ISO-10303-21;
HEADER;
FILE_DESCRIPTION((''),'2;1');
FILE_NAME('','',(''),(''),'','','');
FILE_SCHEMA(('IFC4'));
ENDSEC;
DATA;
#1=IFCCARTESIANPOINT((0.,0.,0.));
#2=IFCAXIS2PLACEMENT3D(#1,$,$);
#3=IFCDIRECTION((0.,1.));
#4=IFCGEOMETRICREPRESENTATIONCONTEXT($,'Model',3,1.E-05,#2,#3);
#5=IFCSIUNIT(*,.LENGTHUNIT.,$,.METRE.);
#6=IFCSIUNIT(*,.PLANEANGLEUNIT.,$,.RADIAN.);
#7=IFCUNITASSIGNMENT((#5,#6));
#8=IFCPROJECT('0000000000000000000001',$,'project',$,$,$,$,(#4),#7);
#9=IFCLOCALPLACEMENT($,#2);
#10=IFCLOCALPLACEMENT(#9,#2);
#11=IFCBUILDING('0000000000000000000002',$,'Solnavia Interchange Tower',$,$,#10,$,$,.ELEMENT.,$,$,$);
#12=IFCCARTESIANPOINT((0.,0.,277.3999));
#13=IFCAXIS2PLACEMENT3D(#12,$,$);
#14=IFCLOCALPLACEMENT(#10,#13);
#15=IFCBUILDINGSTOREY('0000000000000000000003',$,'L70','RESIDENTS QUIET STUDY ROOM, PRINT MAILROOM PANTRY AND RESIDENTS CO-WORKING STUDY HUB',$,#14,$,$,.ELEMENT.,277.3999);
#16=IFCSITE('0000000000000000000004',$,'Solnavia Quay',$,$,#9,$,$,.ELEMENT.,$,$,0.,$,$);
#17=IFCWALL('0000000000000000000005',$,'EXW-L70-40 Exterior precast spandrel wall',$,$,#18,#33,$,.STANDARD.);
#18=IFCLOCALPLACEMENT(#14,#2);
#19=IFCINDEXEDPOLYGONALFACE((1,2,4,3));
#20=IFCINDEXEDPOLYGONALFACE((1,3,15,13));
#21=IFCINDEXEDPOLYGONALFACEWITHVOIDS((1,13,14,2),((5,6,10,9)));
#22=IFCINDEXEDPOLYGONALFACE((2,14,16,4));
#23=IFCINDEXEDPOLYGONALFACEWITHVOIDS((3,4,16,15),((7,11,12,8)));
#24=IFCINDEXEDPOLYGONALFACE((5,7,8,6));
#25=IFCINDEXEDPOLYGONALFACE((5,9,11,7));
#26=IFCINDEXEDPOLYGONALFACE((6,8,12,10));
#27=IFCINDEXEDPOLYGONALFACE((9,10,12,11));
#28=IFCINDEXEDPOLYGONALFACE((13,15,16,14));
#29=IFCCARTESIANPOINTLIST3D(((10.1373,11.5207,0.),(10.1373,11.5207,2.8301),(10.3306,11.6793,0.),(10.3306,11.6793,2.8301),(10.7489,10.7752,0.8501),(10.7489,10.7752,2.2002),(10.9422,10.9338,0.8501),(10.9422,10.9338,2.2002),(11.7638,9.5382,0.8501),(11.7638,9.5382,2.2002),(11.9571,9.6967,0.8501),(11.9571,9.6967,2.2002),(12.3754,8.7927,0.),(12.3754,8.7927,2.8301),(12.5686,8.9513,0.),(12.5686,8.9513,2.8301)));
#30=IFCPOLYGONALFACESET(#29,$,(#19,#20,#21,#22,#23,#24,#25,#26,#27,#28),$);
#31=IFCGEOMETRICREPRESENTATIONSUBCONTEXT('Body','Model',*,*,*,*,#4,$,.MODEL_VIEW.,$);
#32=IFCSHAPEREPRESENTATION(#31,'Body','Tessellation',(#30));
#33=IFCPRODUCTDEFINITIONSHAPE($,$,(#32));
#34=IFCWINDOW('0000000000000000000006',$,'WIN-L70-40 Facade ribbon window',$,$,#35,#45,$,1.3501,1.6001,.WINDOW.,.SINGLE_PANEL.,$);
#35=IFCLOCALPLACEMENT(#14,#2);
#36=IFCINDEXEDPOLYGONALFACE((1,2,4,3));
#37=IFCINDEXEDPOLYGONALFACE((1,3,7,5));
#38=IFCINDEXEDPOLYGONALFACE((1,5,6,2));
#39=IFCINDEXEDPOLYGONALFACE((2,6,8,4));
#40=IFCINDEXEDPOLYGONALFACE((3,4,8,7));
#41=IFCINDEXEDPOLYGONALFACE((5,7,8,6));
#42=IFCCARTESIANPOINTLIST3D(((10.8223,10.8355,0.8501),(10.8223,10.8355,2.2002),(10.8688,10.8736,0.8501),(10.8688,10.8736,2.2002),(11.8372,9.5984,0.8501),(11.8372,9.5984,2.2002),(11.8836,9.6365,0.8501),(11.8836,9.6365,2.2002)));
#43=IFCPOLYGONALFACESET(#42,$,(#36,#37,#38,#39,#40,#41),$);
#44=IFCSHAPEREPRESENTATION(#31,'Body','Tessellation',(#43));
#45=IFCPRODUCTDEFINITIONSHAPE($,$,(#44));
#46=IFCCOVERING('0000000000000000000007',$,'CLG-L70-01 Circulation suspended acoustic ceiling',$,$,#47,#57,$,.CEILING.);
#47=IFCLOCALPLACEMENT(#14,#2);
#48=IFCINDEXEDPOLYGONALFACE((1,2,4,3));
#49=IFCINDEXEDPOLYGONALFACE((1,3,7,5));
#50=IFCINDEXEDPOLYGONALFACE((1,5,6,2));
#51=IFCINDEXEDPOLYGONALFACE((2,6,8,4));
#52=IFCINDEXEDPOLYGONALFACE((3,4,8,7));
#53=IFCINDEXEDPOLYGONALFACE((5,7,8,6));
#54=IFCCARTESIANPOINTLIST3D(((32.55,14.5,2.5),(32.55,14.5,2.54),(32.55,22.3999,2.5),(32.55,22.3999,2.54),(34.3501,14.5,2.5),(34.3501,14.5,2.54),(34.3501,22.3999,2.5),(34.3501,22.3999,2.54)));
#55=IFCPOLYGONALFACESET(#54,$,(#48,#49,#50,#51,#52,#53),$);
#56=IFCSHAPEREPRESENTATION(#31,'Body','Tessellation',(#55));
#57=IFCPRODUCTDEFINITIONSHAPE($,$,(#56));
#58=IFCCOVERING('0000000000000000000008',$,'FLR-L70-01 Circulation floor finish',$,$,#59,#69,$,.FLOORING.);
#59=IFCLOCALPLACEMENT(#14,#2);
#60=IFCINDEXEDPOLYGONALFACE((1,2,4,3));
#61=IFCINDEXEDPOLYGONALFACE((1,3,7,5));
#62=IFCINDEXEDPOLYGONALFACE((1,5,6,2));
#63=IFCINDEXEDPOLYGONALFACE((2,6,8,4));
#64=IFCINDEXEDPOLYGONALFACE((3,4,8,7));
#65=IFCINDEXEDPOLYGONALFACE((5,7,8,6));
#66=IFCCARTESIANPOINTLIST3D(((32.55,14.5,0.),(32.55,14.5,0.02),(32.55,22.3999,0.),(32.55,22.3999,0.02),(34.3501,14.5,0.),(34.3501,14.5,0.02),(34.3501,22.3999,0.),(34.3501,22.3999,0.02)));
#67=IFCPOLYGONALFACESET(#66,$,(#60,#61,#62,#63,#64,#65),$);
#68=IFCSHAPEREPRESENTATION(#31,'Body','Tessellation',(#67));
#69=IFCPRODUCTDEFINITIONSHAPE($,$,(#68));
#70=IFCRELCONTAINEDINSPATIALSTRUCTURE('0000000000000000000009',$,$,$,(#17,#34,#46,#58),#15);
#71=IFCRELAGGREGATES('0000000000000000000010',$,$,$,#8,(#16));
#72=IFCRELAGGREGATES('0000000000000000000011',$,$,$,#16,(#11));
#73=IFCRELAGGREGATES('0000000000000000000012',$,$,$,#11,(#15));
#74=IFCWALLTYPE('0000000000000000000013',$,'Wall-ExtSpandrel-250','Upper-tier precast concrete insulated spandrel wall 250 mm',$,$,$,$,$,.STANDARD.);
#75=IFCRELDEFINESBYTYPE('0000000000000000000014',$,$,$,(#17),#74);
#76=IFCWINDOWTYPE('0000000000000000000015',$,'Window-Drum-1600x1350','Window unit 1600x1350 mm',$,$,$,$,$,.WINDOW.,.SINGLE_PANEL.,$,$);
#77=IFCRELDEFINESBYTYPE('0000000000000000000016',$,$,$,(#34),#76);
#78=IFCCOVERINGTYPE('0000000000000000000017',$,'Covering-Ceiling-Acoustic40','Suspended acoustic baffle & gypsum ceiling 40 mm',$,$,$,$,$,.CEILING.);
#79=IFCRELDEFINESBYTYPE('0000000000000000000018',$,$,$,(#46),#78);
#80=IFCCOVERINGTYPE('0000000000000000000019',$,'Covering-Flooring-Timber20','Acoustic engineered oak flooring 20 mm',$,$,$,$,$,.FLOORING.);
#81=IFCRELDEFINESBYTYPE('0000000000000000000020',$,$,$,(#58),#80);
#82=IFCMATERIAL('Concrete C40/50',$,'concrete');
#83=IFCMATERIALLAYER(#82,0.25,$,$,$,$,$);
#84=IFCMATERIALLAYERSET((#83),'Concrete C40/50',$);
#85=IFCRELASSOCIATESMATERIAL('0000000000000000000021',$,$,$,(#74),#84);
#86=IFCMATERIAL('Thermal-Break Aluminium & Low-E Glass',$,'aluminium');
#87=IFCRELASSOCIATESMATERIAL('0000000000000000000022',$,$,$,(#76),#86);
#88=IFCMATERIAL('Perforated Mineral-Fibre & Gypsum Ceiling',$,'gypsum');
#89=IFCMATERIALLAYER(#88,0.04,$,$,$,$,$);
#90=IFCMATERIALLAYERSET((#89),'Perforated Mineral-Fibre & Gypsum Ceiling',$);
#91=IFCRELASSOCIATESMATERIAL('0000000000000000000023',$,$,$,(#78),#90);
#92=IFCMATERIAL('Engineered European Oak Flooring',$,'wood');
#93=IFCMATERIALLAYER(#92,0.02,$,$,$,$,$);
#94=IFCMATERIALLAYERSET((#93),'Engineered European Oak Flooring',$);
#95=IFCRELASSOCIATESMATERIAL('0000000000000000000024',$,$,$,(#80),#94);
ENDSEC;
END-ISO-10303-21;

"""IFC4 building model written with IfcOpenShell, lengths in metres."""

from ifc_helpers import new_model, si_unit, direction, frame, frame_2d, origin, place, context, subcontext, project, spatial, polyline, rectangle, outline, extrude, material, layer, layer_set, type_object, element, fill, save


model = new_model("IFC4")

# Units and contexts
model_context = context("Model", 3, precision=1e-05, world=origin(), true_north=direction((0.0, 1.0)))
body_context = subcontext(model_context, "Body", "Model", "MODEL_VIEW")
ifc_project = project(units=[si_unit("LENGTHUNIT", "METRE"), si_unit("PLANEANGLEUNIT", "RADIAN")], contexts=[model_context])

# Site, building, storey
site_placement = place(None, origin())
site = spatial("IfcSite", under=ifc_project, at=site_placement, Name="Solnavia Quay", CompositionType="ELEMENT", RefElevation=0.0)
building_placement = place(site_placement, origin())
building = spatial("IfcBuilding", under=site, at=building_placement, Name="Solnavia Interchange Tower", CompositionType="ELEMENT")
storey_placement = place(building_placement, frame((0.0, 0.0, 277.3999)))
storey = spatial("IfcBuildingStorey", under=building, at=storey_placement, Name="L70", Description="RESIDENTS QUIET STUDY ROOM, PRINT MAILROOM PANTRY AND RESIDENTS CO-WORKING STUDY HUB", CompositionType="ELEMENT", Elevation=277.3999)

# Shared definitions
ifc_material_1 = material(Name="Concrete C40/50", Category="concrete")

# Shared definitions
ifc_layer_1 = layer(ifc_material_1, 0.25)
ifc_layer_set_1 = layer_set([ifc_layer_1], Name="Concrete C40/50")
wall_type_1 = type_object("IfcWallType", Name="Wall-ExtSpandrel-250", Description="Upper-tier precast concrete insulated spandrel wall 250 mm", PredefinedType="STANDARD", material=ifc_layer_set_1)
ifc_material_2 = material(Name="Thermal-Break Aluminium & Low-E Glass", Category="aluminium")
window_type = type_object("IfcWindowType", Name="Window-Drum-1600x1350", Description="Window unit 1600x1350 mm", PartitioningType="SINGLE_PANEL", PredefinedType="WINDOW", material=ifc_material_2)

# Wall, opening, window
wall_1_placement = place(storey_placement, frame((12.4719, 8.8721, 0.0), z_axis=(0.0, 0.0, 1.0), x_axis=(-0.634258, 0.773121, 0.0)))
wall_1 = element("IfcWall", 1, at=wall_1_placement, inside=storey, type_object=wall_type_1, Name="EXW-L70-40 Exterior precast spandrel wall", PredefinedType="STANDARD", context=body_context, shape_type="SweptSolid", body=[
    extrude(rectangle(XDim=3.5286, YDim=0.25, at=frame_2d((1.7642, 0.0))), origin(), (0.0, 0.0, 1.0), 2.8301),
])
opening_1_placement = place(wall_1_placement, frame((0.9641, 0.0, 0.8501)))
opening_1 = element("IfcOpeningElement", 2, at=opening_1_placement, cuts=wall_1, PredefinedType="OPENING", context=body_context, shape_type="SweptSolid", body=[
    extrude(rectangle(XDim=1.6001, YDim=1.3501, at=frame_2d((0.8, 0.675))), frame((0.0, 0.135, 0.0), z_axis=(0.0, -1.0, 0.0), x_axis=(1.0, 0.0, 0.0)), (0.0, 0.0, 1.0), 0.27),
])
window_1_placement = place(opening_1_placement, origin())
window_1 = element("IfcWindow", 3, at=window_1_placement, inside=storey, type_object=window_type, Name="WIN-L70-40 Facade ribbon window", OverallHeight=1.3501, OverallWidth=1.6001, PartitioningType="SINGLE_PANEL", PredefinedType="WINDOW", context=body_context, shape_type="SweptSolid", body=[
    extrude(rectangle(XDim=1.6001, YDim=1.3501, at=frame_2d((0.8, 0.675))), frame((0.0, 0.03, 0.0), z_axis=(0.0, -1.0, 0.0), x_axis=(1.0, 0.0, 0.0)), (0.0, 0.0, 1.0), 0.0601),
])
fill(opening_1, window_1)

# Coverings
ifc_material_3 = material(Name="Perforated Mineral-Fibre & Gypsum Ceiling", Category="gypsum")
ifc_layer_2 = layer(ifc_material_3, 0.04)
ifc_layer_set_2 = layer_set([ifc_layer_2], Name="Perforated Mineral-Fibre & Gypsum Ceiling")
covering_type_1 = type_object("IfcCoveringType", Name="Covering-Ceiling-Acoustic40", Description="Suspended acoustic baffle & gypsum ceiling 40 mm", PredefinedType="CEILING", material=ifc_layer_set_2)
covering_1_placement = place(storey_placement, frame((0.0, 0.0, 2.5)))
element("IfcCovering", 4, at=covering_1_placement, inside=storey, type_object=covering_type_1, Name="CLG-L70-01 Circulation suspended acoustic ceiling", PredefinedType="CEILING", context=body_context, shape_type="SweptSolid", body=[
    extrude(outline(polyline([(32.55, 14.5), (34.3501, 14.5), (34.3501, 22.3999), (32.55, 22.3999), (32.55, 14.5)])), origin(), (0.0, 0.0, 1.0), 0.04),
])
ifc_material_4 = material(Name="Engineered European Oak Flooring", Category="wood")
ifc_layer_3 = layer(ifc_material_4, 0.02)
ifc_layer_set_3 = layer_set([ifc_layer_3], Name="Engineered European Oak Flooring")
covering_type_2 = type_object("IfcCoveringType", Name="Covering-Flooring-Timber20", Description="Acoustic engineered oak flooring 20 mm", PredefinedType="FLOORING", material=ifc_layer_set_3)
covering_2_placement = place(storey_placement, origin())
element("IfcCovering", 5, at=covering_2_placement, inside=storey, type_object=covering_type_2, Name="FLR-L70-01 Circulation floor finish", PredefinedType="FLOORING", context=body_context, shape_type="SweptSolid", body=[
    extrude(outline(polyline([(32.55, 14.5), (34.3501, 14.5), (34.3501, 22.3999), (32.55, 22.3999), (32.55, 14.5)])), origin(), (0.0, 0.0, 1.0), 0.02),
])

save(model, "model.ifc")
